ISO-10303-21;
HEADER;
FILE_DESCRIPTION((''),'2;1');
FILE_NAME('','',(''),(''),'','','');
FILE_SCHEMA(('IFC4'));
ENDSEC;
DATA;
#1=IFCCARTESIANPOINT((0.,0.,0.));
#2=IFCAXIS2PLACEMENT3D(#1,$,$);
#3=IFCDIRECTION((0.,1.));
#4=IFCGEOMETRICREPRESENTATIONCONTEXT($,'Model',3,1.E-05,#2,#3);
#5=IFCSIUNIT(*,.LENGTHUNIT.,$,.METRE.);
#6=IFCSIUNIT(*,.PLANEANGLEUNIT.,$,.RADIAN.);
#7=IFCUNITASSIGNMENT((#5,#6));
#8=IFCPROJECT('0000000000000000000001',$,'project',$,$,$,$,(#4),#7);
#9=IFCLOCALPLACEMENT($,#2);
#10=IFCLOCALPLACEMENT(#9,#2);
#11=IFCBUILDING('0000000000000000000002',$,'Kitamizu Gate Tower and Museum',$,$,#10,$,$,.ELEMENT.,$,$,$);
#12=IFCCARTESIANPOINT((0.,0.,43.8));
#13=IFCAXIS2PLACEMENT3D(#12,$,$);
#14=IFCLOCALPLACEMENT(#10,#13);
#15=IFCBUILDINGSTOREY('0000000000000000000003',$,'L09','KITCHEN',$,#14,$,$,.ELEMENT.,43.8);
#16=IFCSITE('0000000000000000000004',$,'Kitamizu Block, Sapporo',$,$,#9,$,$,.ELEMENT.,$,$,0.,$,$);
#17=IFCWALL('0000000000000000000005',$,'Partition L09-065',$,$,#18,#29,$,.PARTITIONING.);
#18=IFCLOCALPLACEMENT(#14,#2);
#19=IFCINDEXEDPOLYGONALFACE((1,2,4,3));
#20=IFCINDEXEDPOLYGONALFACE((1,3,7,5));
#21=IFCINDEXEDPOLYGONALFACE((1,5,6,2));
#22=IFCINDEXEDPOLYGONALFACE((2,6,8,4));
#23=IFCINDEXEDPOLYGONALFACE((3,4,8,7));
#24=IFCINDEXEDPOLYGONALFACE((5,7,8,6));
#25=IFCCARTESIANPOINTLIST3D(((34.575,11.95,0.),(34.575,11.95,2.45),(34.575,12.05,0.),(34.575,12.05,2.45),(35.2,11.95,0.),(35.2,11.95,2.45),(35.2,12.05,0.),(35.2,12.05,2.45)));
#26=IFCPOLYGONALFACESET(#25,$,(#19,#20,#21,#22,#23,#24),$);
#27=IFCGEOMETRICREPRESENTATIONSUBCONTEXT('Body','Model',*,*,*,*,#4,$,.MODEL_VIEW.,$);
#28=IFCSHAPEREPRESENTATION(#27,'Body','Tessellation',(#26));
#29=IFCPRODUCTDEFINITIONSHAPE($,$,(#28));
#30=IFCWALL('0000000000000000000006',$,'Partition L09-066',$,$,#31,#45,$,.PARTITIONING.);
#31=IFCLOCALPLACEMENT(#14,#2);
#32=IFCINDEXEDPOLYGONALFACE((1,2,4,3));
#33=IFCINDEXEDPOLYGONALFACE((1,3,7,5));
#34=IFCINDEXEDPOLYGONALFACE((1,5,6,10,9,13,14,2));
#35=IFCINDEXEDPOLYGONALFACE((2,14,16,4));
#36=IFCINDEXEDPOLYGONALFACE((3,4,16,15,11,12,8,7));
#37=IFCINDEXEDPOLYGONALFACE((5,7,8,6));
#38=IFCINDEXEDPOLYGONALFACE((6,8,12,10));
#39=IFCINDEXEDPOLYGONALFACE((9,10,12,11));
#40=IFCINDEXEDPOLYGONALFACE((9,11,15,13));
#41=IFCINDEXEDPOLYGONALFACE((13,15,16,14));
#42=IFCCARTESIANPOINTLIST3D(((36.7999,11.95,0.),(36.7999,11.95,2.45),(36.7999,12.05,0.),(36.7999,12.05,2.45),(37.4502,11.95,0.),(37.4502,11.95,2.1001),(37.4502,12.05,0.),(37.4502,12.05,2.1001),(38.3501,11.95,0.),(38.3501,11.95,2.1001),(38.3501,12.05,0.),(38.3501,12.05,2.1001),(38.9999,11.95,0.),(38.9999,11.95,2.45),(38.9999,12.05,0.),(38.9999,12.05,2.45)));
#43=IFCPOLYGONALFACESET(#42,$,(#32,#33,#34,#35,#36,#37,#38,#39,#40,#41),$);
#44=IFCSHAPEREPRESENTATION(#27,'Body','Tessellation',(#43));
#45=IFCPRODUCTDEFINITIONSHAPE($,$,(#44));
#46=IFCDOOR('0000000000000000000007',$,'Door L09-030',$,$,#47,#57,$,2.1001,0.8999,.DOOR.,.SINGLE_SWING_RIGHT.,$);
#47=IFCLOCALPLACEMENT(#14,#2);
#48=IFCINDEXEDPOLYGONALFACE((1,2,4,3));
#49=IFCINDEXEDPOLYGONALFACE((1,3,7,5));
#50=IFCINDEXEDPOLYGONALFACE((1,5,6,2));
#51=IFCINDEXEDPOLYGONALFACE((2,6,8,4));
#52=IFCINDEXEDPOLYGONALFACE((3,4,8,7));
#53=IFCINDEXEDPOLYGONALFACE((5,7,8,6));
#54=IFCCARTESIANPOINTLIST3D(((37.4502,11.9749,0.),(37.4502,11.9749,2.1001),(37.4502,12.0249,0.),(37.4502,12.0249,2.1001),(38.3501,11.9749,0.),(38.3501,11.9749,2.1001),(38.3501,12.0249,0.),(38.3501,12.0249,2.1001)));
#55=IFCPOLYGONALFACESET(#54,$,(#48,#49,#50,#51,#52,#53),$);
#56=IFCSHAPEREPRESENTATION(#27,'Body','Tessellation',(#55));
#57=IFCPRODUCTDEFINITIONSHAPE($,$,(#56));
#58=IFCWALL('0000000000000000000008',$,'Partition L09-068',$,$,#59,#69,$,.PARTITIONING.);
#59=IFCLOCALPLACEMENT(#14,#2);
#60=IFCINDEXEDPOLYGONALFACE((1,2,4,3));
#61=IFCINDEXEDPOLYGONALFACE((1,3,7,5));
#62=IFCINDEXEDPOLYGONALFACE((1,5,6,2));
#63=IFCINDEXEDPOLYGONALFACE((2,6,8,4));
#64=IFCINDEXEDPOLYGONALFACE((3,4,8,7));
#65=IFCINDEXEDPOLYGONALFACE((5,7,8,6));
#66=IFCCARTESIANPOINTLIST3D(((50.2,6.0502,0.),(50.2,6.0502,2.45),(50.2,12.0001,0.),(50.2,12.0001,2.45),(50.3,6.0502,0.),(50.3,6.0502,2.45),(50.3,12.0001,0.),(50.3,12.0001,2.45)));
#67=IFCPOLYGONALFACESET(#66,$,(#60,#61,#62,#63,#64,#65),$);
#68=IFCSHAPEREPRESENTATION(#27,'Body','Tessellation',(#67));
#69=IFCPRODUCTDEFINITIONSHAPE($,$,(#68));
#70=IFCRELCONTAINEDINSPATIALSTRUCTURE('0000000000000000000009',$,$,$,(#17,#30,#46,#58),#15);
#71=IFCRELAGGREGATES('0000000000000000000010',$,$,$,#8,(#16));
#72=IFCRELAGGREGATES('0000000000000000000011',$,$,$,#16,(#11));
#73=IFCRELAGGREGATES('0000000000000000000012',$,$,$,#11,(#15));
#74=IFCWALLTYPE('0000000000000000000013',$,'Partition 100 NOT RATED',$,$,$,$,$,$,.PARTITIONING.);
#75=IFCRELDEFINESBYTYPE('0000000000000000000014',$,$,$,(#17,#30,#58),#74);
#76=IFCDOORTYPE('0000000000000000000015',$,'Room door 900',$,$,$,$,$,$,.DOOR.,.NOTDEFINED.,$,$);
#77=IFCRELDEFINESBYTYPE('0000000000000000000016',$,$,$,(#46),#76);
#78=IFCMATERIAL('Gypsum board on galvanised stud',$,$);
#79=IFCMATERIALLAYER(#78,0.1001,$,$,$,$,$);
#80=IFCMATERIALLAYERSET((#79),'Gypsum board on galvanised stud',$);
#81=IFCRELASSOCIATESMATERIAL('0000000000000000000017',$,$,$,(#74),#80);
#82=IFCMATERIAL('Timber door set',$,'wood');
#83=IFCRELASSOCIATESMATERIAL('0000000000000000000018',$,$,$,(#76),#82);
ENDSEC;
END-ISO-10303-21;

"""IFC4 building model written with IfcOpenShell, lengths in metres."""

from ifc_helpers import new_model, si_unit, direction, frame, frame_2d, origin, place, context, subcontext, project, spatial, rectangle, extrude, material, layer, layer_set, type_object, element, fill, save


model = new_model("IFC4")

# Units and contexts
model_context = context("Model", 3, precision=1e-05, world=origin(), true_north=direction((0.0, 1.0)))
body_context = subcontext(model_context, "Body", "Model", "MODEL_VIEW")
ifc_project = project(units=[si_unit("LENGTHUNIT", "METRE"), si_unit("PLANEANGLEUNIT", "RADIAN")], contexts=[model_context])

# Site, building, storey
site_placement = place(None, origin())
site = spatial("IfcSite", under=ifc_project, at=site_placement, Name="Kitamizu Block, Sapporo", CompositionType="ELEMENT", RefElevation=0.0)
building_placement = place(site_placement, origin())
building = spatial("IfcBuilding", under=site, at=building_placement, Name="Kitamizu Gate Tower and Museum", CompositionType="ELEMENT")
storey_placement = place(building_placement, frame((0.0, 0.0, 43.8)))
storey = spatial("IfcBuildingStorey", under=building, at=storey_placement, Name="L09", Description="KITCHEN", CompositionType="ELEMENT", Elevation=43.8)

# Shared definitions
ifc_material_1 = material(Name="Gypsum board on galvanised stud")
ifc_layer = layer(ifc_material_1, 0.1001)
ifc_layer_set = layer_set([ifc_layer], Name="Gypsum board on galvanised stud")
wall_type = type_object("IfcWallType", Name="Partition 100 NOT RATED", PredefinedType="PARTITIONING", material=ifc_layer_set)

# Shared definitions
ifc_material_2 = material(Name="Timber door set", Category="wood")
door_type = type_object("IfcDoorType", Name="Room door 900", OperationType="NOTDEFINED", PredefinedType="DOOR", material=ifc_material_2)

# Wall
wall_1_placement = place(storey_placement, frame((35.2, 12.0, 0.0), z_axis=(0.0, 0.0, 1.0), x_axis=(-1.0, 0.0, 0.0)))
element("IfcWall", 1, at=wall_1_placement, inside=storey, type_object=wall_type, Name="Partition L09-065", PredefinedType="PARTITIONING", context=body_context, shape_type="SweptSolid", body=[
    extrude(rectangle(XDim=0.625, YDim=0.1001, at=frame_2d((0.3125, 0.0))), origin(), (0.0, 0.0, 1.0), 2.45),
])

# Wall, opening, door
wall_2_placement = place(storey_placement, frame((39.0, 12.0, 0.0), z_axis=(0.0, 0.0, 1.0), x_axis=(-1.0, 0.0, 0.0)))
wall_2 = element("IfcWall", 2, at=wall_2_placement, inside=storey, type_object=wall_type, Name="Partition L09-066", PredefinedType="PARTITIONING", context=body_context, shape_type="SweptSolid", body=[
    extrude(rectangle(XDim=2.2, YDim=0.1001, at=frame_2d((1.1001, 0.0))), origin(), (0.0, 0.0, 1.0), 2.45),
])
opening_1_placement = place(wall_2_placement, frame((0.6499, 0.0, 0.0)))
opening_1 = element("IfcOpeningElement", 3, at=opening_1_placement, cuts=wall_2, PredefinedType="OPENING", context=body_context, shape_type="SweptSolid", body=[
    extrude(rectangle(XDim=0.8999, YDim=2.1001, at=frame_2d((0.45, 1.05))), frame((0.0, 0.0601, 0.0), z_axis=(0.0, -1.0, 0.0), x_axis=(1.0, 0.0, 0.0)), (0.0, 0.0, 1.0), 0.1201),
])
door_1_placement = place(opening_1_placement, frame((0.8999, 0.0, 0.0), x_axis=(-1.0, 0.0, 0.0)))
door_1 = element("IfcDoor", 4, at=door_1_placement, inside=storey, type_object=door_type, Name="Door L09-030", OperationType="SINGLE_SWING_RIGHT", OverallHeight=2.1001, OverallWidth=0.8999, PredefinedType="DOOR", context=body_context, shape_type="SweptSolid", body=[
    extrude(rectangle(XDim=0.8999, YDim=2.1001, at=frame_2d((0.45, 1.05))), frame((0.0, 0.0249, 0.0), z_axis=(0.0, -1.0, 0.0), x_axis=(1.0, 0.0, 0.0)), (0.0, 0.0, 1.0), 0.05),
])
fill(opening_1, door_1)

# Wall
wall_3_placement = place(storey_placement, frame((50.25, 6.05, 0.0), z_axis=(0.0, 0.0, 1.0), x_axis=(0.0, 1.0, 0.0)))
element("IfcWall", 5, at=wall_3_placement, inside=storey, type_object=wall_type, Name="Partition L09-068", PredefinedType="PARTITIONING", context=body_context, shape_type="SweptSolid", body=[
    extrude(rectangle(XDim=5.95, YDim=0.1001, at=frame_2d((2.9751, 0.0))), origin(), (0.0, 0.0, 1.0), 2.45),
])

save(model, "model.ifc")
